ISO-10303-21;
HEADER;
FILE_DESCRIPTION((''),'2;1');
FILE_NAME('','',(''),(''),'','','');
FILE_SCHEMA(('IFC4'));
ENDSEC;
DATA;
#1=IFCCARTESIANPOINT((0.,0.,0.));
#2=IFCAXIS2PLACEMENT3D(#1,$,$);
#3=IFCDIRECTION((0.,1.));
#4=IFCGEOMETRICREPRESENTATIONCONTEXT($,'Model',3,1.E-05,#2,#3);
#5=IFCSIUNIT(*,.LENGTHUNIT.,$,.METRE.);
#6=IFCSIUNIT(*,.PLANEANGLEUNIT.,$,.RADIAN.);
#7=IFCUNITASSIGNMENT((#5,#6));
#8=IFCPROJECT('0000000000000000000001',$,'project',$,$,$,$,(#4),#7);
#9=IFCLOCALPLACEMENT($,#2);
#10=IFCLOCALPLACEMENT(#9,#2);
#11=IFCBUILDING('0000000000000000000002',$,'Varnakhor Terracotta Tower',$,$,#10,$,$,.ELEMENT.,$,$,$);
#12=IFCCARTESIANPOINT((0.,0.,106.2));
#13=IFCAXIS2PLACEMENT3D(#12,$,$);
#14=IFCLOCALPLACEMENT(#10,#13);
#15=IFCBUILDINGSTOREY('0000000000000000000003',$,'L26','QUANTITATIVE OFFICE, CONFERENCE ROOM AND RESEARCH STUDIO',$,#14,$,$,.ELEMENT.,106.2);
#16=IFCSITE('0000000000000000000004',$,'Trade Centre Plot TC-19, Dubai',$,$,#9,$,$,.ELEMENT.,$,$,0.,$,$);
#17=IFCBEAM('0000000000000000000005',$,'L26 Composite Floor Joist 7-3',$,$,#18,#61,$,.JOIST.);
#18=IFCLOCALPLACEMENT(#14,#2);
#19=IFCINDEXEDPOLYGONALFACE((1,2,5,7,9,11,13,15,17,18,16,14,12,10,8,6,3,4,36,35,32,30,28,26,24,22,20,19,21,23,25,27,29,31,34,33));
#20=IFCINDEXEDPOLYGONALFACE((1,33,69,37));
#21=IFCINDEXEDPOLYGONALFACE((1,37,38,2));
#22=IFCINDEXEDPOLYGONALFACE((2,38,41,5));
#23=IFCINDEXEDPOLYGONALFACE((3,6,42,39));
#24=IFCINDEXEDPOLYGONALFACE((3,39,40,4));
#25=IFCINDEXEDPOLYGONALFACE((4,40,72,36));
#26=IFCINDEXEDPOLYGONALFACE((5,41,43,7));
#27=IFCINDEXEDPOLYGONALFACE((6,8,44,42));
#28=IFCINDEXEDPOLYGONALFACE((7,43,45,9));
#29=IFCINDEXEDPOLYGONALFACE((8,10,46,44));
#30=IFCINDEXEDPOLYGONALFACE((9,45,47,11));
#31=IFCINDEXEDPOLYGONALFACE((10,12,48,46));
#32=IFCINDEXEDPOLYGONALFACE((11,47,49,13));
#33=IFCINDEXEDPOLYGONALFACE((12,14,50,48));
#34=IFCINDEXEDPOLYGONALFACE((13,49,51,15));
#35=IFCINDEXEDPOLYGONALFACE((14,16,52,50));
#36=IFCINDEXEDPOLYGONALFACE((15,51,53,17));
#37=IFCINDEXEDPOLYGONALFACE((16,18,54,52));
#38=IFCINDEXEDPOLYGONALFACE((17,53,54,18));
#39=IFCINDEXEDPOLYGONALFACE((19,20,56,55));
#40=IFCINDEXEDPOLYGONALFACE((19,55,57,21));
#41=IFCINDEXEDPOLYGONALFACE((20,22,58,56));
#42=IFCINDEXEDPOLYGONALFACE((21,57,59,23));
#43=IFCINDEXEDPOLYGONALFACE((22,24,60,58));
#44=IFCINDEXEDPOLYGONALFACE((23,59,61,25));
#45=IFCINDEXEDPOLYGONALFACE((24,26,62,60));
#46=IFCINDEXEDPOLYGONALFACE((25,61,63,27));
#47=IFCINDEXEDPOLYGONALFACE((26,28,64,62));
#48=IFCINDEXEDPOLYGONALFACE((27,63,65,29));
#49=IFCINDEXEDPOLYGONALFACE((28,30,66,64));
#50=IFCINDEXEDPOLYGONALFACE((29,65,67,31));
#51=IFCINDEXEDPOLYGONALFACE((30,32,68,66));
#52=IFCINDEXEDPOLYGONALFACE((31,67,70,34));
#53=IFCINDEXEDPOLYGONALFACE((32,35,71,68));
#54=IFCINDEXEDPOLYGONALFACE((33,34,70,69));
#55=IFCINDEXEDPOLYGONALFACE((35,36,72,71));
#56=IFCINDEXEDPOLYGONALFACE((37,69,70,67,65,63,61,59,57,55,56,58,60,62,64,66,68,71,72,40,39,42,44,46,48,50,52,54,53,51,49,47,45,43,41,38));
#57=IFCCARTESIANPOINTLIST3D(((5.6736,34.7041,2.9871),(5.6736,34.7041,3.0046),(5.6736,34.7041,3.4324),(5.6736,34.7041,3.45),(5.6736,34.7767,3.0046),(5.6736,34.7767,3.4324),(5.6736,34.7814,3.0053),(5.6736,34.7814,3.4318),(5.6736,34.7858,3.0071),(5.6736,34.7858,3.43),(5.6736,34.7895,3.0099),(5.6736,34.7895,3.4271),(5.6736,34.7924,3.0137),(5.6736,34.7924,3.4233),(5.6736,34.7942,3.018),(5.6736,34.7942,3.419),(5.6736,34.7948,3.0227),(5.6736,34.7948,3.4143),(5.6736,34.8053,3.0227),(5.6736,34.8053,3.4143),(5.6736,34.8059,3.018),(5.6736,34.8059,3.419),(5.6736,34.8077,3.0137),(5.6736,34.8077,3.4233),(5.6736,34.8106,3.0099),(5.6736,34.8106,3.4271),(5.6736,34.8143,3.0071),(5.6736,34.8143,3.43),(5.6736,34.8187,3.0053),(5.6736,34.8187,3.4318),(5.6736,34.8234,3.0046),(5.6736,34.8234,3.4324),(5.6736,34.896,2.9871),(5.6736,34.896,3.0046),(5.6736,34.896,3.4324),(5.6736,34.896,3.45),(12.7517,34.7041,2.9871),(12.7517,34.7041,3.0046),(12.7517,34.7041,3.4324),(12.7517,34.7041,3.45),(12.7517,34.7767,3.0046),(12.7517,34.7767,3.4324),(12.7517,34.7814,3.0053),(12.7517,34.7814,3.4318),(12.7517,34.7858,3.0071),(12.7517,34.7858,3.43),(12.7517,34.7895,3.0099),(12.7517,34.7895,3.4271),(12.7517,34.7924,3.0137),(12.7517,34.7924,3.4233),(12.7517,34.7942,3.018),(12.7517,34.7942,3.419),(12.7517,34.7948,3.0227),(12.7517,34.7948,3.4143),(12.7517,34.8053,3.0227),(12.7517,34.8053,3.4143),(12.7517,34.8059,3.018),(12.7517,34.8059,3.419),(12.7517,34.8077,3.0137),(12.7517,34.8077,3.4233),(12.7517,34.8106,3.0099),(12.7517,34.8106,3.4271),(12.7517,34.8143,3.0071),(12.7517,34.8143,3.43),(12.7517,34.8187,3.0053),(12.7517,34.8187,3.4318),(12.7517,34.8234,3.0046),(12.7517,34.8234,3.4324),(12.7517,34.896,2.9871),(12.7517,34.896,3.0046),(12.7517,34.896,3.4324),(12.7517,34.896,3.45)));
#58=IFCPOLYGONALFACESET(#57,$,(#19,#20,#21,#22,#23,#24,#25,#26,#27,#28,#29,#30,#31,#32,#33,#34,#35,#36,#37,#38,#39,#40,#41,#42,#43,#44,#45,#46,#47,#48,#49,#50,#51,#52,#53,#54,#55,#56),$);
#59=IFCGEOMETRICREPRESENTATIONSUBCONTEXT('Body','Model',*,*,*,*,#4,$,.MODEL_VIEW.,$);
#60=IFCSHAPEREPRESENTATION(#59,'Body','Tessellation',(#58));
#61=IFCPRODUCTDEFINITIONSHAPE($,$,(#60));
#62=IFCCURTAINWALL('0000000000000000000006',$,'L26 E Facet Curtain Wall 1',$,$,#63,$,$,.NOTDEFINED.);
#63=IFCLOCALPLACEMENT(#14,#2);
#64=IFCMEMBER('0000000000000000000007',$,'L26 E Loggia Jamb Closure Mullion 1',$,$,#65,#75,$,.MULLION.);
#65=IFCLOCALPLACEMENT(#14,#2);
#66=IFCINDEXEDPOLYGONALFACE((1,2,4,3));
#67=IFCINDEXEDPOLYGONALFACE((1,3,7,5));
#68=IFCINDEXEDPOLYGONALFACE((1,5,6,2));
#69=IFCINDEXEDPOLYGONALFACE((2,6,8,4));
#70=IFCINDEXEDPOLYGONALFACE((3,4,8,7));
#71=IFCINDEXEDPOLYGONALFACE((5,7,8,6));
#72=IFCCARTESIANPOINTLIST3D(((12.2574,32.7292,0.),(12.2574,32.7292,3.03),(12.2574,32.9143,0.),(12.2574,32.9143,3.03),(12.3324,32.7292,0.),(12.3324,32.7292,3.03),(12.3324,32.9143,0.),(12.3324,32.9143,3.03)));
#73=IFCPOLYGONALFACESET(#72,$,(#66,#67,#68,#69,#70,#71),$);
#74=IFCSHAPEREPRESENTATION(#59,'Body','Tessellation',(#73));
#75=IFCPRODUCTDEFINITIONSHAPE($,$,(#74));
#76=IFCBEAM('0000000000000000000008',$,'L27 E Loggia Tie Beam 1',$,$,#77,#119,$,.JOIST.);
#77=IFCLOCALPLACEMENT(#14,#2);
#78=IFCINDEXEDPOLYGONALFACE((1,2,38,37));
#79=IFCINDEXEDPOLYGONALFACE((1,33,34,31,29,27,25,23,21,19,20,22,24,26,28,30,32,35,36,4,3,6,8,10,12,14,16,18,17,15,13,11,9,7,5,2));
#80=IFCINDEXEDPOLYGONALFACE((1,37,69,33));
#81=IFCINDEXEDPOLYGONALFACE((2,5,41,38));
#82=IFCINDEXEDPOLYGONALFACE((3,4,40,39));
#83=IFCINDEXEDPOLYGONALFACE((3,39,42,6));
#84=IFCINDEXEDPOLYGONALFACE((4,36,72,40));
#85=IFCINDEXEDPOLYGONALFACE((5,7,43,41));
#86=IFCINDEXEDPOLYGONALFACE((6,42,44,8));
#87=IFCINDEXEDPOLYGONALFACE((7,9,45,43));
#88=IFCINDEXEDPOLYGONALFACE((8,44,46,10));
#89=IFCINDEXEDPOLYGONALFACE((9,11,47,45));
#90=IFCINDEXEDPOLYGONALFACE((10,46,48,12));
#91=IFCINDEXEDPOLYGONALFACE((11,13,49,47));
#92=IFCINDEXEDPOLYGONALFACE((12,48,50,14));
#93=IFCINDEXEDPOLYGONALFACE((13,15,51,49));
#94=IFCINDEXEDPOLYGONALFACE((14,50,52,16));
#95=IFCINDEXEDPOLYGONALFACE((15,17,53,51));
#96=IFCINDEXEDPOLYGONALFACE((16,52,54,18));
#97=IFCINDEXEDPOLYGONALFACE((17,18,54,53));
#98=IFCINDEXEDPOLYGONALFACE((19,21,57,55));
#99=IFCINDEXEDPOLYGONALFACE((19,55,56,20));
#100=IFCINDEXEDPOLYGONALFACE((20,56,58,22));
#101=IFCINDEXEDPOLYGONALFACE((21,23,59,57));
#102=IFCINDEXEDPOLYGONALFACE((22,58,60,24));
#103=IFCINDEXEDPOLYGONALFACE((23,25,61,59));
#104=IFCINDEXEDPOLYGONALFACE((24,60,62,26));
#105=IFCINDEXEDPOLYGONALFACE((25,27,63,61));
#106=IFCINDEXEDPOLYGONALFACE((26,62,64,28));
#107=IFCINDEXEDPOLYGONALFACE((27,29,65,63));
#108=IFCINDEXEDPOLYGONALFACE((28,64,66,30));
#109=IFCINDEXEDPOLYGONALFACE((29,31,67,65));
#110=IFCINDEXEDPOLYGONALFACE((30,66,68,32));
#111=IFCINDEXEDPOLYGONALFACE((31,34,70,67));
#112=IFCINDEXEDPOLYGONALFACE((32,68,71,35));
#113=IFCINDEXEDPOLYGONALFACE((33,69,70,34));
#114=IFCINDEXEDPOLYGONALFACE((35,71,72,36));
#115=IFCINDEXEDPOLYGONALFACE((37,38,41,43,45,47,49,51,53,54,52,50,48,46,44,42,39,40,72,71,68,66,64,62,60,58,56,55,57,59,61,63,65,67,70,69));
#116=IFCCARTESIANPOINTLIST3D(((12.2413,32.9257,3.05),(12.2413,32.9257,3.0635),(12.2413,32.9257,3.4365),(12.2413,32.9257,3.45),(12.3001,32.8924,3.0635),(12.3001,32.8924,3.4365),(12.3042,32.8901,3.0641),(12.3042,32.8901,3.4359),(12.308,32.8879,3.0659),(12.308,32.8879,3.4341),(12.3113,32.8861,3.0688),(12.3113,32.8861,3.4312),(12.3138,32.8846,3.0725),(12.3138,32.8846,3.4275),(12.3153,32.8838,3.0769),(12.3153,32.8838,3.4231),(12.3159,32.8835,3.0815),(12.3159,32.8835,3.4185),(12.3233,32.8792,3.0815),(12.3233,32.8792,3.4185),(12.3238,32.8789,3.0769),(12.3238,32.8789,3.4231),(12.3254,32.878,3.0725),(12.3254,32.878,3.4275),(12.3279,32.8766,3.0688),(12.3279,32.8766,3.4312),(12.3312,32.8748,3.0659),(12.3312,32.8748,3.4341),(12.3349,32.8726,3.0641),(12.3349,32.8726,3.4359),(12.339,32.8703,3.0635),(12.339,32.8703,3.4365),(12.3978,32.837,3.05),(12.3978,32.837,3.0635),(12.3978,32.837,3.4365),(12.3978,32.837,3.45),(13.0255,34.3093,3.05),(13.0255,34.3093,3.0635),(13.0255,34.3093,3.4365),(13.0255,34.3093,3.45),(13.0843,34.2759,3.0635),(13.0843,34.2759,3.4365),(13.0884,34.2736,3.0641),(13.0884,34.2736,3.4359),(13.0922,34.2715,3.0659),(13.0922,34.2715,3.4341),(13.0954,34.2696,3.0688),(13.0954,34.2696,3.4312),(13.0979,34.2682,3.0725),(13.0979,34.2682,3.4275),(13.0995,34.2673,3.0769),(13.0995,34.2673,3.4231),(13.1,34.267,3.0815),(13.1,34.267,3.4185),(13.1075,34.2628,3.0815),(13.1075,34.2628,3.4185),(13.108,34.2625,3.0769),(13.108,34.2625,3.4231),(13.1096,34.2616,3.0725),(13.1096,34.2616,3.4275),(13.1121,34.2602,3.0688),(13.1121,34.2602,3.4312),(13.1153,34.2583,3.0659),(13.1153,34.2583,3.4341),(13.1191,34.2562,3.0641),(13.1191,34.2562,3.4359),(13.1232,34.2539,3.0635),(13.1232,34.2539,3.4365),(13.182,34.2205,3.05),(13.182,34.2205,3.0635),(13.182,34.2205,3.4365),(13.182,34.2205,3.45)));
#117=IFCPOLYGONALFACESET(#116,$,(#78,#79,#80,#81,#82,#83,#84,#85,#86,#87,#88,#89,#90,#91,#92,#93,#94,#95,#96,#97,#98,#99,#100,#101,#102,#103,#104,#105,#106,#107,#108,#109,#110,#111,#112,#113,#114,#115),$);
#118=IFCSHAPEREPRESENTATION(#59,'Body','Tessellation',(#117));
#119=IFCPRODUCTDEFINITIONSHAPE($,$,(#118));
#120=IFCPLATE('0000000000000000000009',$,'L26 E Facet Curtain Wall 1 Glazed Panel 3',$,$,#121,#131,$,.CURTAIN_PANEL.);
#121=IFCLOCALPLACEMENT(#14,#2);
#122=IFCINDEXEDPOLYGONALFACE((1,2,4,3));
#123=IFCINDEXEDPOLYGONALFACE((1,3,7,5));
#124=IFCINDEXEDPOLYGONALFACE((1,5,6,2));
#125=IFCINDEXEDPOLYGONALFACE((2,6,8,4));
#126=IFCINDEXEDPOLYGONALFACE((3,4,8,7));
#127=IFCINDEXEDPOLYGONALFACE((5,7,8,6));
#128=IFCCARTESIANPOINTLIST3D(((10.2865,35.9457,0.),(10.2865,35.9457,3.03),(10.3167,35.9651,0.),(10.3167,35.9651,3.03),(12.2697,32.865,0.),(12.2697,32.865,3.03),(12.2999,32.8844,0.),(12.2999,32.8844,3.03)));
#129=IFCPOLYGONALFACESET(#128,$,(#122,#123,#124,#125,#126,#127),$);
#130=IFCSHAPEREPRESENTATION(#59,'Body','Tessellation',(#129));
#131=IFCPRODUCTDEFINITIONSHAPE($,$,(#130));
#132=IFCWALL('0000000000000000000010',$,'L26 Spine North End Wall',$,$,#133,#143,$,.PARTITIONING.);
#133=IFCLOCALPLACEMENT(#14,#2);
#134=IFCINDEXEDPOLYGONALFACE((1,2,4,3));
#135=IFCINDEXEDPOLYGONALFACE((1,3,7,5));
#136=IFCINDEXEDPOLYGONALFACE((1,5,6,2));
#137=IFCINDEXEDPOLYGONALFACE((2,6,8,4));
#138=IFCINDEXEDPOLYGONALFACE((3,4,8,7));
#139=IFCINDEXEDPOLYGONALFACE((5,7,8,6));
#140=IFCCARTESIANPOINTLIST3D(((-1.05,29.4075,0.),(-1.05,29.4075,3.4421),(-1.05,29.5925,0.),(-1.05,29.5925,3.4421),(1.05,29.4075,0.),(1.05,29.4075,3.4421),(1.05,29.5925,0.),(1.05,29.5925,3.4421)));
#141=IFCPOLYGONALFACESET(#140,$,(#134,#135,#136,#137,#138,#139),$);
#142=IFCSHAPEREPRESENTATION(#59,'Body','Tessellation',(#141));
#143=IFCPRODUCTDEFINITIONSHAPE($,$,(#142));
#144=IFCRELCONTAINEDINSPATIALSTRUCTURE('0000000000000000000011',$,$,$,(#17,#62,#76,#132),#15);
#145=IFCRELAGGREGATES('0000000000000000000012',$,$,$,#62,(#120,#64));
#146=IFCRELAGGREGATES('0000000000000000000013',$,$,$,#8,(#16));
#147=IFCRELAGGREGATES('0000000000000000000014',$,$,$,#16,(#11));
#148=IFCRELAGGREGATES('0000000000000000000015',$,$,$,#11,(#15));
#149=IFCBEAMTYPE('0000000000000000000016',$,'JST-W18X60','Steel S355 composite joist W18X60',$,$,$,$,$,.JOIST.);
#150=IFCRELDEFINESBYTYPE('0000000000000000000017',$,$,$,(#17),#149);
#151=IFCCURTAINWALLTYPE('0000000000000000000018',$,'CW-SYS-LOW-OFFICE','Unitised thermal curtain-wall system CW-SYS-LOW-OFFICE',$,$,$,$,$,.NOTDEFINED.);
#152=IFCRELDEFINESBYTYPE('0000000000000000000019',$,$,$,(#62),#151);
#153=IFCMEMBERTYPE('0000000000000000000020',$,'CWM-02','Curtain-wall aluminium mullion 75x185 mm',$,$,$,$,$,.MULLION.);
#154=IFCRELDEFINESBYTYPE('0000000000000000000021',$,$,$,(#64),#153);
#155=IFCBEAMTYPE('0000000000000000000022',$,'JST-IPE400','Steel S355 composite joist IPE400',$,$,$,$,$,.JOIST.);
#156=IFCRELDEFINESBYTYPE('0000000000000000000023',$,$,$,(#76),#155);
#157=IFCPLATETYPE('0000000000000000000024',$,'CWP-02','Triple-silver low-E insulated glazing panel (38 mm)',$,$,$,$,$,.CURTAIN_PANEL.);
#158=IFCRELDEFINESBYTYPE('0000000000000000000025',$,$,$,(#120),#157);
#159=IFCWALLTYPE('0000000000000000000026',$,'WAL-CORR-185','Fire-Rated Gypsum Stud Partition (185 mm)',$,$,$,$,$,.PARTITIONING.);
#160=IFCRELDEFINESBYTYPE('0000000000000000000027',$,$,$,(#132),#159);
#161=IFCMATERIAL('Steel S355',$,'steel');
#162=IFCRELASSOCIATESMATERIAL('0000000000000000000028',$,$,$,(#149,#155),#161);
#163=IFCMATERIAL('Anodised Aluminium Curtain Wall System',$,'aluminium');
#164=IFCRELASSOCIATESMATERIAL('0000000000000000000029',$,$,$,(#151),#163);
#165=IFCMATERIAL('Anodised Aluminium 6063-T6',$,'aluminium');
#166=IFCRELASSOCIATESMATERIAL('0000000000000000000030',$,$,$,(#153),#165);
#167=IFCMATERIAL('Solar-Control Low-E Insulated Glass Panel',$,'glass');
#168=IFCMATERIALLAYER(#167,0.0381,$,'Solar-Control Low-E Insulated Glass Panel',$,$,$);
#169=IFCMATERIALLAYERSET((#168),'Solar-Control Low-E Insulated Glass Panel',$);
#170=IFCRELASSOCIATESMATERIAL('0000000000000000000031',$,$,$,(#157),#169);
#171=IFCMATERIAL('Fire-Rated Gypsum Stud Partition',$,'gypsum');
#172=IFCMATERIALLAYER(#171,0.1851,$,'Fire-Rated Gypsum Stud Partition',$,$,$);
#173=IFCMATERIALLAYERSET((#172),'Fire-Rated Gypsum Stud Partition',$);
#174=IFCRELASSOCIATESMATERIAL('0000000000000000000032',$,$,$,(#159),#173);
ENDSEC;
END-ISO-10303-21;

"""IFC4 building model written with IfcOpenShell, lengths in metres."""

from ifc_helpers import new_model, si_unit, direction, frame, frame_2d, origin, origin_2d, place, context, subcontext, project, spatial, rectangle, i_section, extrude, source, transform, mapped, material, layer, layer_set, material_profile, profile_set, type_object, type_shapes, element, aggregate, save


model = new_model("IFC4")

# Units and contexts
model_context = context("Model", 3, precision=1e-05, world=origin(), true_north=direction((0.0, 1.0)))
body_context = subcontext(model_context, "Body", "Model", "MODEL_VIEW")
ifc_project = project(units=[si_unit("LENGTHUNIT", "METRE"), si_unit("PLANEANGLEUNIT", "RADIAN")], contexts=[model_context])

# Site, building, storey
site_placement = place(None, origin())
site = spatial("IfcSite", under=ifc_project, at=site_placement, Name="Trade Centre Plot TC-19, Dubai", CompositionType="ELEMENT", RefElevation=0.0)
building_placement = place(site_placement, origin())
building = spatial("IfcBuilding", under=site, at=building_placement, Name="Varnakhor Terracotta Tower", CompositionType="ELEMENT")
storey_placement = place(building_placement, frame((0.0, 0.0, 106.2)))
storey = spatial("IfcBuildingStorey", under=building, at=storey_placement, Name="L26", Description="QUANTITATIVE OFFICE, CONFERENCE ROOM AND RESEARCH STUDIO", CompositionType="ELEMENT", Elevation=106.2)

# Beam
ifc_material_1 = material(Name="Steel S355", Category="steel")
ifc_material_profile_1 = material_profile(ifc_material_1, i_section(OverallWidth=0.1919, OverallDepth=0.4629, WebThickness=0.0105, FlangeThickness=0.0176, FilletRadius=0.0181, at=origin_2d()), Name="W18X60")
ifc_profile_set_1 = profile_set([ifc_material_profile_1], Name="Steel S355")
beam_type_1 = type_object("IfcBeamType", Name="JST-W18X60", Description="Steel S355 composite joist W18X60", PredefinedType="JOIST", material=ifc_profile_set_1)
shared_shape_1 = source(origin(), body_context, "Body", "SweptSolid", [
    extrude(i_section(OverallWidth=0.1919, OverallDepth=0.4629, WebThickness=0.0105, FlangeThickness=0.0176, FilletRadius=0.0181, at=origin_2d()), origin(), (0.0, 0.0, 1.0), 7.0781),
])
beam_1_placement = place(storey_placement, frame((5.6736, 34.8, 3.2185), z_axis=(1.0, 0.0, 0.0), x_axis=(0.0, 1.0, 0.0)))
element("IfcBeam", 1, at=beam_1_placement, inside=storey, type_object=beam_type_1, Name="L26 Composite Floor Joist 7-3", PredefinedType="JOIST", context=body_context, shape_type="MappedRepresentation", body=[
    mapped(shared_shape_1, transform((0.0, 0.0, 0.0), scale=1.0)),
])

# Curtain wall, member
ifc_material_2 = material(Name="Anodised Aluminium Curtain Wall System", Category="aluminium")
curtain_wall_type = type_object("IfcCurtainWallType", Name="CW-SYS-LOW-OFFICE", Description="Unitised thermal curtain-wall system CW-SYS-LOW-OFFICE", PredefinedType="NOTDEFINED", material=ifc_material_2)
curtain_wall_placement = place(storey_placement, origin())
curtain_wall = element("IfcCurtainWall", 2, at=curtain_wall_placement, inside=storey, type_object=curtain_wall_type, Name="L26 E Facet Curtain Wall 1", PredefinedType="NOTDEFINED")
ifc_material_3 = material(Name="Anodised Aluminium 6063-T6", Category="aluminium")
ifc_material_profile_2 = material_profile(ifc_material_3, rectangle(XDim=0.075, YDim=0.1851, at=origin_2d()), Name="ALU MULLION 75x185")
ifc_profile_set_2 = profile_set([ifc_material_profile_2], Name="Anodised Aluminium 6063-T6")
member_type = type_object("IfcMemberType", Name="CWM-02", Description="Curtain-wall aluminium mullion 75x185 mm", PredefinedType="MULLION", material=ifc_profile_set_2)
shared_shape_2 = source(origin(), body_context, "Body", "SweptSolid", [
    extrude(rectangle(XDim=0.075, YDim=0.1851, at=origin_2d()), origin(), (0.0, 0.0, 1.0), 3.03),
])
type_shapes(member_type, [shared_shape_2])
member_placement = place(storey_placement, frame((12.2949, 32.8218, 0.0), z_axis=(0.0, 0.0, 1.0), x_axis=(1.0, 0.0, 0.0)))
member = element("IfcMember", 3, at=member_placement, type_object=member_type, Name="L26 E Loggia Jamb Closure Mullion 1", PredefinedType="MULLION", context=body_context, shape_type="MappedRepresentation", body=[
    mapped(shared_shape_2, transform((0.0, 0.0, 0.0), scale=1.0)),
])

# Beam
ifc_material_profile_3 = material_profile(ifc_material_1, i_section(OverallWidth=0.1799, OverallDepth=0.3999, WebThickness=0.0085, FlangeThickness=0.0134, FilletRadius=0.0181, at=origin_2d()), Name="IPE400")
ifc_profile_set_3 = profile_set([ifc_material_profile_3], Name="Steel S355")
beam_type_2 = type_object("IfcBeamType", Name="JST-IPE400", Description="Steel S355 composite joist IPE400", PredefinedType="JOIST", material=ifc_profile_set_3)
shared_shape_3 = source(origin(), body_context, "Body", "SweptSolid", [
    extrude(i_section(OverallWidth=0.1799, OverallDepth=0.3999, WebThickness=0.0085, FlangeThickness=0.0134, FilletRadius=0.0181, at=origin_2d()), origin(), (0.0, 0.0, 1.0), 1.5903),
])
beam_2_placement = place(storey_placement, frame((12.3196, 32.8813, 3.25), z_axis=(0.493094, 0.869976, 0.0), x_axis=(-0.869976, 0.493094, 0.0)))
element("IfcBeam", 4, at=beam_2_placement, inside=storey, type_object=beam_type_2, Name="L27 E Loggia Tie Beam 1", PredefinedType="JOIST", context=body_context, shape_type="MappedRepresentation", body=[
    mapped(shared_shape_3, transform((0.0, 0.0, 0.0), scale=1.0)),
])

# Plate
ifc_material_4 = material(Name="Solar-Control Low-E Insulated Glass Panel", Category="glass")
ifc_layer_1 = layer(ifc_material_4, 0.0381, Name="Solar-Control Low-E Insulated Glass Panel")
ifc_layer_set_1 = layer_set([ifc_layer_1], Name="Solar-Control Low-E Insulated Glass Panel")
plate_type = type_object("IfcPlateType", Name="CWP-02", Description="Triple-silver low-E insulated glazing panel (38 mm)", PredefinedType="CURTAIN_PANEL", material=ifc_layer_set_1)
shared_shape_4 = source(origin(), body_context, "Body", "SweptSolid", [
    extrude(rectangle(XDim=3.6638, YDim=0.0359, at=origin_2d()), origin(), (0.0, 0.0, 1.0), 3.03),
])
plate_placement = place(storey_placement, frame((11.2932, 34.415, 0.0), z_axis=(0.0, 0.0, 1.0), x_axis=(0.541283, -0.840841, 0.0)))
plate = element("IfcPlate", 5, at=plate_placement, type_object=plate_type, Name="L26 E Facet Curtain Wall 1 Glazed Panel 3", PredefinedType="CURTAIN_PANEL", context=body_context, shape_type="MappedRepresentation", body=[
    mapped(shared_shape_4, transform((0.0, 0.0, 0.0), scale=1.0)),
])
aggregate(curtain_wall, [plate, member])

# Wall
ifc_material_5 = material(Name="Fire-Rated Gypsum Stud Partition", Category="gypsum")
ifc_layer_2 = layer(ifc_material_5, 0.1851, Name="Fire-Rated Gypsum Stud Partition")
ifc_layer_set_2 = layer_set([ifc_layer_2], Name="Fire-Rated Gypsum Stud Partition")
wall_type_1 = type_object("IfcWallType", Name="WAL-CORR-185", Description="Fire-Rated Gypsum Stud Partition (185 mm)", PredefinedType="PARTITIONING", material=ifc_layer_set_2)
wall_1_placement = place(storey_placement, frame((-1.05, 29.5, 0.0), z_axis=(0.0, 0.0, 1.0), x_axis=(1.0, 0.0, 0.0)))
element("IfcWall", 6, at=wall_1_placement, inside=storey, type_object=wall_type_1, Name="L26 Spine North End Wall", PredefinedType="PARTITIONING", context=body_context, shape_type="SweptSolid", body=[
    extrude(rectangle(XDim=2.1001, YDim=0.1851, at=frame_2d((1.05, 0.0))), origin(), (0.0, 0.0, 1.0), 3.4421),
])

save(model, "model.ifc")
